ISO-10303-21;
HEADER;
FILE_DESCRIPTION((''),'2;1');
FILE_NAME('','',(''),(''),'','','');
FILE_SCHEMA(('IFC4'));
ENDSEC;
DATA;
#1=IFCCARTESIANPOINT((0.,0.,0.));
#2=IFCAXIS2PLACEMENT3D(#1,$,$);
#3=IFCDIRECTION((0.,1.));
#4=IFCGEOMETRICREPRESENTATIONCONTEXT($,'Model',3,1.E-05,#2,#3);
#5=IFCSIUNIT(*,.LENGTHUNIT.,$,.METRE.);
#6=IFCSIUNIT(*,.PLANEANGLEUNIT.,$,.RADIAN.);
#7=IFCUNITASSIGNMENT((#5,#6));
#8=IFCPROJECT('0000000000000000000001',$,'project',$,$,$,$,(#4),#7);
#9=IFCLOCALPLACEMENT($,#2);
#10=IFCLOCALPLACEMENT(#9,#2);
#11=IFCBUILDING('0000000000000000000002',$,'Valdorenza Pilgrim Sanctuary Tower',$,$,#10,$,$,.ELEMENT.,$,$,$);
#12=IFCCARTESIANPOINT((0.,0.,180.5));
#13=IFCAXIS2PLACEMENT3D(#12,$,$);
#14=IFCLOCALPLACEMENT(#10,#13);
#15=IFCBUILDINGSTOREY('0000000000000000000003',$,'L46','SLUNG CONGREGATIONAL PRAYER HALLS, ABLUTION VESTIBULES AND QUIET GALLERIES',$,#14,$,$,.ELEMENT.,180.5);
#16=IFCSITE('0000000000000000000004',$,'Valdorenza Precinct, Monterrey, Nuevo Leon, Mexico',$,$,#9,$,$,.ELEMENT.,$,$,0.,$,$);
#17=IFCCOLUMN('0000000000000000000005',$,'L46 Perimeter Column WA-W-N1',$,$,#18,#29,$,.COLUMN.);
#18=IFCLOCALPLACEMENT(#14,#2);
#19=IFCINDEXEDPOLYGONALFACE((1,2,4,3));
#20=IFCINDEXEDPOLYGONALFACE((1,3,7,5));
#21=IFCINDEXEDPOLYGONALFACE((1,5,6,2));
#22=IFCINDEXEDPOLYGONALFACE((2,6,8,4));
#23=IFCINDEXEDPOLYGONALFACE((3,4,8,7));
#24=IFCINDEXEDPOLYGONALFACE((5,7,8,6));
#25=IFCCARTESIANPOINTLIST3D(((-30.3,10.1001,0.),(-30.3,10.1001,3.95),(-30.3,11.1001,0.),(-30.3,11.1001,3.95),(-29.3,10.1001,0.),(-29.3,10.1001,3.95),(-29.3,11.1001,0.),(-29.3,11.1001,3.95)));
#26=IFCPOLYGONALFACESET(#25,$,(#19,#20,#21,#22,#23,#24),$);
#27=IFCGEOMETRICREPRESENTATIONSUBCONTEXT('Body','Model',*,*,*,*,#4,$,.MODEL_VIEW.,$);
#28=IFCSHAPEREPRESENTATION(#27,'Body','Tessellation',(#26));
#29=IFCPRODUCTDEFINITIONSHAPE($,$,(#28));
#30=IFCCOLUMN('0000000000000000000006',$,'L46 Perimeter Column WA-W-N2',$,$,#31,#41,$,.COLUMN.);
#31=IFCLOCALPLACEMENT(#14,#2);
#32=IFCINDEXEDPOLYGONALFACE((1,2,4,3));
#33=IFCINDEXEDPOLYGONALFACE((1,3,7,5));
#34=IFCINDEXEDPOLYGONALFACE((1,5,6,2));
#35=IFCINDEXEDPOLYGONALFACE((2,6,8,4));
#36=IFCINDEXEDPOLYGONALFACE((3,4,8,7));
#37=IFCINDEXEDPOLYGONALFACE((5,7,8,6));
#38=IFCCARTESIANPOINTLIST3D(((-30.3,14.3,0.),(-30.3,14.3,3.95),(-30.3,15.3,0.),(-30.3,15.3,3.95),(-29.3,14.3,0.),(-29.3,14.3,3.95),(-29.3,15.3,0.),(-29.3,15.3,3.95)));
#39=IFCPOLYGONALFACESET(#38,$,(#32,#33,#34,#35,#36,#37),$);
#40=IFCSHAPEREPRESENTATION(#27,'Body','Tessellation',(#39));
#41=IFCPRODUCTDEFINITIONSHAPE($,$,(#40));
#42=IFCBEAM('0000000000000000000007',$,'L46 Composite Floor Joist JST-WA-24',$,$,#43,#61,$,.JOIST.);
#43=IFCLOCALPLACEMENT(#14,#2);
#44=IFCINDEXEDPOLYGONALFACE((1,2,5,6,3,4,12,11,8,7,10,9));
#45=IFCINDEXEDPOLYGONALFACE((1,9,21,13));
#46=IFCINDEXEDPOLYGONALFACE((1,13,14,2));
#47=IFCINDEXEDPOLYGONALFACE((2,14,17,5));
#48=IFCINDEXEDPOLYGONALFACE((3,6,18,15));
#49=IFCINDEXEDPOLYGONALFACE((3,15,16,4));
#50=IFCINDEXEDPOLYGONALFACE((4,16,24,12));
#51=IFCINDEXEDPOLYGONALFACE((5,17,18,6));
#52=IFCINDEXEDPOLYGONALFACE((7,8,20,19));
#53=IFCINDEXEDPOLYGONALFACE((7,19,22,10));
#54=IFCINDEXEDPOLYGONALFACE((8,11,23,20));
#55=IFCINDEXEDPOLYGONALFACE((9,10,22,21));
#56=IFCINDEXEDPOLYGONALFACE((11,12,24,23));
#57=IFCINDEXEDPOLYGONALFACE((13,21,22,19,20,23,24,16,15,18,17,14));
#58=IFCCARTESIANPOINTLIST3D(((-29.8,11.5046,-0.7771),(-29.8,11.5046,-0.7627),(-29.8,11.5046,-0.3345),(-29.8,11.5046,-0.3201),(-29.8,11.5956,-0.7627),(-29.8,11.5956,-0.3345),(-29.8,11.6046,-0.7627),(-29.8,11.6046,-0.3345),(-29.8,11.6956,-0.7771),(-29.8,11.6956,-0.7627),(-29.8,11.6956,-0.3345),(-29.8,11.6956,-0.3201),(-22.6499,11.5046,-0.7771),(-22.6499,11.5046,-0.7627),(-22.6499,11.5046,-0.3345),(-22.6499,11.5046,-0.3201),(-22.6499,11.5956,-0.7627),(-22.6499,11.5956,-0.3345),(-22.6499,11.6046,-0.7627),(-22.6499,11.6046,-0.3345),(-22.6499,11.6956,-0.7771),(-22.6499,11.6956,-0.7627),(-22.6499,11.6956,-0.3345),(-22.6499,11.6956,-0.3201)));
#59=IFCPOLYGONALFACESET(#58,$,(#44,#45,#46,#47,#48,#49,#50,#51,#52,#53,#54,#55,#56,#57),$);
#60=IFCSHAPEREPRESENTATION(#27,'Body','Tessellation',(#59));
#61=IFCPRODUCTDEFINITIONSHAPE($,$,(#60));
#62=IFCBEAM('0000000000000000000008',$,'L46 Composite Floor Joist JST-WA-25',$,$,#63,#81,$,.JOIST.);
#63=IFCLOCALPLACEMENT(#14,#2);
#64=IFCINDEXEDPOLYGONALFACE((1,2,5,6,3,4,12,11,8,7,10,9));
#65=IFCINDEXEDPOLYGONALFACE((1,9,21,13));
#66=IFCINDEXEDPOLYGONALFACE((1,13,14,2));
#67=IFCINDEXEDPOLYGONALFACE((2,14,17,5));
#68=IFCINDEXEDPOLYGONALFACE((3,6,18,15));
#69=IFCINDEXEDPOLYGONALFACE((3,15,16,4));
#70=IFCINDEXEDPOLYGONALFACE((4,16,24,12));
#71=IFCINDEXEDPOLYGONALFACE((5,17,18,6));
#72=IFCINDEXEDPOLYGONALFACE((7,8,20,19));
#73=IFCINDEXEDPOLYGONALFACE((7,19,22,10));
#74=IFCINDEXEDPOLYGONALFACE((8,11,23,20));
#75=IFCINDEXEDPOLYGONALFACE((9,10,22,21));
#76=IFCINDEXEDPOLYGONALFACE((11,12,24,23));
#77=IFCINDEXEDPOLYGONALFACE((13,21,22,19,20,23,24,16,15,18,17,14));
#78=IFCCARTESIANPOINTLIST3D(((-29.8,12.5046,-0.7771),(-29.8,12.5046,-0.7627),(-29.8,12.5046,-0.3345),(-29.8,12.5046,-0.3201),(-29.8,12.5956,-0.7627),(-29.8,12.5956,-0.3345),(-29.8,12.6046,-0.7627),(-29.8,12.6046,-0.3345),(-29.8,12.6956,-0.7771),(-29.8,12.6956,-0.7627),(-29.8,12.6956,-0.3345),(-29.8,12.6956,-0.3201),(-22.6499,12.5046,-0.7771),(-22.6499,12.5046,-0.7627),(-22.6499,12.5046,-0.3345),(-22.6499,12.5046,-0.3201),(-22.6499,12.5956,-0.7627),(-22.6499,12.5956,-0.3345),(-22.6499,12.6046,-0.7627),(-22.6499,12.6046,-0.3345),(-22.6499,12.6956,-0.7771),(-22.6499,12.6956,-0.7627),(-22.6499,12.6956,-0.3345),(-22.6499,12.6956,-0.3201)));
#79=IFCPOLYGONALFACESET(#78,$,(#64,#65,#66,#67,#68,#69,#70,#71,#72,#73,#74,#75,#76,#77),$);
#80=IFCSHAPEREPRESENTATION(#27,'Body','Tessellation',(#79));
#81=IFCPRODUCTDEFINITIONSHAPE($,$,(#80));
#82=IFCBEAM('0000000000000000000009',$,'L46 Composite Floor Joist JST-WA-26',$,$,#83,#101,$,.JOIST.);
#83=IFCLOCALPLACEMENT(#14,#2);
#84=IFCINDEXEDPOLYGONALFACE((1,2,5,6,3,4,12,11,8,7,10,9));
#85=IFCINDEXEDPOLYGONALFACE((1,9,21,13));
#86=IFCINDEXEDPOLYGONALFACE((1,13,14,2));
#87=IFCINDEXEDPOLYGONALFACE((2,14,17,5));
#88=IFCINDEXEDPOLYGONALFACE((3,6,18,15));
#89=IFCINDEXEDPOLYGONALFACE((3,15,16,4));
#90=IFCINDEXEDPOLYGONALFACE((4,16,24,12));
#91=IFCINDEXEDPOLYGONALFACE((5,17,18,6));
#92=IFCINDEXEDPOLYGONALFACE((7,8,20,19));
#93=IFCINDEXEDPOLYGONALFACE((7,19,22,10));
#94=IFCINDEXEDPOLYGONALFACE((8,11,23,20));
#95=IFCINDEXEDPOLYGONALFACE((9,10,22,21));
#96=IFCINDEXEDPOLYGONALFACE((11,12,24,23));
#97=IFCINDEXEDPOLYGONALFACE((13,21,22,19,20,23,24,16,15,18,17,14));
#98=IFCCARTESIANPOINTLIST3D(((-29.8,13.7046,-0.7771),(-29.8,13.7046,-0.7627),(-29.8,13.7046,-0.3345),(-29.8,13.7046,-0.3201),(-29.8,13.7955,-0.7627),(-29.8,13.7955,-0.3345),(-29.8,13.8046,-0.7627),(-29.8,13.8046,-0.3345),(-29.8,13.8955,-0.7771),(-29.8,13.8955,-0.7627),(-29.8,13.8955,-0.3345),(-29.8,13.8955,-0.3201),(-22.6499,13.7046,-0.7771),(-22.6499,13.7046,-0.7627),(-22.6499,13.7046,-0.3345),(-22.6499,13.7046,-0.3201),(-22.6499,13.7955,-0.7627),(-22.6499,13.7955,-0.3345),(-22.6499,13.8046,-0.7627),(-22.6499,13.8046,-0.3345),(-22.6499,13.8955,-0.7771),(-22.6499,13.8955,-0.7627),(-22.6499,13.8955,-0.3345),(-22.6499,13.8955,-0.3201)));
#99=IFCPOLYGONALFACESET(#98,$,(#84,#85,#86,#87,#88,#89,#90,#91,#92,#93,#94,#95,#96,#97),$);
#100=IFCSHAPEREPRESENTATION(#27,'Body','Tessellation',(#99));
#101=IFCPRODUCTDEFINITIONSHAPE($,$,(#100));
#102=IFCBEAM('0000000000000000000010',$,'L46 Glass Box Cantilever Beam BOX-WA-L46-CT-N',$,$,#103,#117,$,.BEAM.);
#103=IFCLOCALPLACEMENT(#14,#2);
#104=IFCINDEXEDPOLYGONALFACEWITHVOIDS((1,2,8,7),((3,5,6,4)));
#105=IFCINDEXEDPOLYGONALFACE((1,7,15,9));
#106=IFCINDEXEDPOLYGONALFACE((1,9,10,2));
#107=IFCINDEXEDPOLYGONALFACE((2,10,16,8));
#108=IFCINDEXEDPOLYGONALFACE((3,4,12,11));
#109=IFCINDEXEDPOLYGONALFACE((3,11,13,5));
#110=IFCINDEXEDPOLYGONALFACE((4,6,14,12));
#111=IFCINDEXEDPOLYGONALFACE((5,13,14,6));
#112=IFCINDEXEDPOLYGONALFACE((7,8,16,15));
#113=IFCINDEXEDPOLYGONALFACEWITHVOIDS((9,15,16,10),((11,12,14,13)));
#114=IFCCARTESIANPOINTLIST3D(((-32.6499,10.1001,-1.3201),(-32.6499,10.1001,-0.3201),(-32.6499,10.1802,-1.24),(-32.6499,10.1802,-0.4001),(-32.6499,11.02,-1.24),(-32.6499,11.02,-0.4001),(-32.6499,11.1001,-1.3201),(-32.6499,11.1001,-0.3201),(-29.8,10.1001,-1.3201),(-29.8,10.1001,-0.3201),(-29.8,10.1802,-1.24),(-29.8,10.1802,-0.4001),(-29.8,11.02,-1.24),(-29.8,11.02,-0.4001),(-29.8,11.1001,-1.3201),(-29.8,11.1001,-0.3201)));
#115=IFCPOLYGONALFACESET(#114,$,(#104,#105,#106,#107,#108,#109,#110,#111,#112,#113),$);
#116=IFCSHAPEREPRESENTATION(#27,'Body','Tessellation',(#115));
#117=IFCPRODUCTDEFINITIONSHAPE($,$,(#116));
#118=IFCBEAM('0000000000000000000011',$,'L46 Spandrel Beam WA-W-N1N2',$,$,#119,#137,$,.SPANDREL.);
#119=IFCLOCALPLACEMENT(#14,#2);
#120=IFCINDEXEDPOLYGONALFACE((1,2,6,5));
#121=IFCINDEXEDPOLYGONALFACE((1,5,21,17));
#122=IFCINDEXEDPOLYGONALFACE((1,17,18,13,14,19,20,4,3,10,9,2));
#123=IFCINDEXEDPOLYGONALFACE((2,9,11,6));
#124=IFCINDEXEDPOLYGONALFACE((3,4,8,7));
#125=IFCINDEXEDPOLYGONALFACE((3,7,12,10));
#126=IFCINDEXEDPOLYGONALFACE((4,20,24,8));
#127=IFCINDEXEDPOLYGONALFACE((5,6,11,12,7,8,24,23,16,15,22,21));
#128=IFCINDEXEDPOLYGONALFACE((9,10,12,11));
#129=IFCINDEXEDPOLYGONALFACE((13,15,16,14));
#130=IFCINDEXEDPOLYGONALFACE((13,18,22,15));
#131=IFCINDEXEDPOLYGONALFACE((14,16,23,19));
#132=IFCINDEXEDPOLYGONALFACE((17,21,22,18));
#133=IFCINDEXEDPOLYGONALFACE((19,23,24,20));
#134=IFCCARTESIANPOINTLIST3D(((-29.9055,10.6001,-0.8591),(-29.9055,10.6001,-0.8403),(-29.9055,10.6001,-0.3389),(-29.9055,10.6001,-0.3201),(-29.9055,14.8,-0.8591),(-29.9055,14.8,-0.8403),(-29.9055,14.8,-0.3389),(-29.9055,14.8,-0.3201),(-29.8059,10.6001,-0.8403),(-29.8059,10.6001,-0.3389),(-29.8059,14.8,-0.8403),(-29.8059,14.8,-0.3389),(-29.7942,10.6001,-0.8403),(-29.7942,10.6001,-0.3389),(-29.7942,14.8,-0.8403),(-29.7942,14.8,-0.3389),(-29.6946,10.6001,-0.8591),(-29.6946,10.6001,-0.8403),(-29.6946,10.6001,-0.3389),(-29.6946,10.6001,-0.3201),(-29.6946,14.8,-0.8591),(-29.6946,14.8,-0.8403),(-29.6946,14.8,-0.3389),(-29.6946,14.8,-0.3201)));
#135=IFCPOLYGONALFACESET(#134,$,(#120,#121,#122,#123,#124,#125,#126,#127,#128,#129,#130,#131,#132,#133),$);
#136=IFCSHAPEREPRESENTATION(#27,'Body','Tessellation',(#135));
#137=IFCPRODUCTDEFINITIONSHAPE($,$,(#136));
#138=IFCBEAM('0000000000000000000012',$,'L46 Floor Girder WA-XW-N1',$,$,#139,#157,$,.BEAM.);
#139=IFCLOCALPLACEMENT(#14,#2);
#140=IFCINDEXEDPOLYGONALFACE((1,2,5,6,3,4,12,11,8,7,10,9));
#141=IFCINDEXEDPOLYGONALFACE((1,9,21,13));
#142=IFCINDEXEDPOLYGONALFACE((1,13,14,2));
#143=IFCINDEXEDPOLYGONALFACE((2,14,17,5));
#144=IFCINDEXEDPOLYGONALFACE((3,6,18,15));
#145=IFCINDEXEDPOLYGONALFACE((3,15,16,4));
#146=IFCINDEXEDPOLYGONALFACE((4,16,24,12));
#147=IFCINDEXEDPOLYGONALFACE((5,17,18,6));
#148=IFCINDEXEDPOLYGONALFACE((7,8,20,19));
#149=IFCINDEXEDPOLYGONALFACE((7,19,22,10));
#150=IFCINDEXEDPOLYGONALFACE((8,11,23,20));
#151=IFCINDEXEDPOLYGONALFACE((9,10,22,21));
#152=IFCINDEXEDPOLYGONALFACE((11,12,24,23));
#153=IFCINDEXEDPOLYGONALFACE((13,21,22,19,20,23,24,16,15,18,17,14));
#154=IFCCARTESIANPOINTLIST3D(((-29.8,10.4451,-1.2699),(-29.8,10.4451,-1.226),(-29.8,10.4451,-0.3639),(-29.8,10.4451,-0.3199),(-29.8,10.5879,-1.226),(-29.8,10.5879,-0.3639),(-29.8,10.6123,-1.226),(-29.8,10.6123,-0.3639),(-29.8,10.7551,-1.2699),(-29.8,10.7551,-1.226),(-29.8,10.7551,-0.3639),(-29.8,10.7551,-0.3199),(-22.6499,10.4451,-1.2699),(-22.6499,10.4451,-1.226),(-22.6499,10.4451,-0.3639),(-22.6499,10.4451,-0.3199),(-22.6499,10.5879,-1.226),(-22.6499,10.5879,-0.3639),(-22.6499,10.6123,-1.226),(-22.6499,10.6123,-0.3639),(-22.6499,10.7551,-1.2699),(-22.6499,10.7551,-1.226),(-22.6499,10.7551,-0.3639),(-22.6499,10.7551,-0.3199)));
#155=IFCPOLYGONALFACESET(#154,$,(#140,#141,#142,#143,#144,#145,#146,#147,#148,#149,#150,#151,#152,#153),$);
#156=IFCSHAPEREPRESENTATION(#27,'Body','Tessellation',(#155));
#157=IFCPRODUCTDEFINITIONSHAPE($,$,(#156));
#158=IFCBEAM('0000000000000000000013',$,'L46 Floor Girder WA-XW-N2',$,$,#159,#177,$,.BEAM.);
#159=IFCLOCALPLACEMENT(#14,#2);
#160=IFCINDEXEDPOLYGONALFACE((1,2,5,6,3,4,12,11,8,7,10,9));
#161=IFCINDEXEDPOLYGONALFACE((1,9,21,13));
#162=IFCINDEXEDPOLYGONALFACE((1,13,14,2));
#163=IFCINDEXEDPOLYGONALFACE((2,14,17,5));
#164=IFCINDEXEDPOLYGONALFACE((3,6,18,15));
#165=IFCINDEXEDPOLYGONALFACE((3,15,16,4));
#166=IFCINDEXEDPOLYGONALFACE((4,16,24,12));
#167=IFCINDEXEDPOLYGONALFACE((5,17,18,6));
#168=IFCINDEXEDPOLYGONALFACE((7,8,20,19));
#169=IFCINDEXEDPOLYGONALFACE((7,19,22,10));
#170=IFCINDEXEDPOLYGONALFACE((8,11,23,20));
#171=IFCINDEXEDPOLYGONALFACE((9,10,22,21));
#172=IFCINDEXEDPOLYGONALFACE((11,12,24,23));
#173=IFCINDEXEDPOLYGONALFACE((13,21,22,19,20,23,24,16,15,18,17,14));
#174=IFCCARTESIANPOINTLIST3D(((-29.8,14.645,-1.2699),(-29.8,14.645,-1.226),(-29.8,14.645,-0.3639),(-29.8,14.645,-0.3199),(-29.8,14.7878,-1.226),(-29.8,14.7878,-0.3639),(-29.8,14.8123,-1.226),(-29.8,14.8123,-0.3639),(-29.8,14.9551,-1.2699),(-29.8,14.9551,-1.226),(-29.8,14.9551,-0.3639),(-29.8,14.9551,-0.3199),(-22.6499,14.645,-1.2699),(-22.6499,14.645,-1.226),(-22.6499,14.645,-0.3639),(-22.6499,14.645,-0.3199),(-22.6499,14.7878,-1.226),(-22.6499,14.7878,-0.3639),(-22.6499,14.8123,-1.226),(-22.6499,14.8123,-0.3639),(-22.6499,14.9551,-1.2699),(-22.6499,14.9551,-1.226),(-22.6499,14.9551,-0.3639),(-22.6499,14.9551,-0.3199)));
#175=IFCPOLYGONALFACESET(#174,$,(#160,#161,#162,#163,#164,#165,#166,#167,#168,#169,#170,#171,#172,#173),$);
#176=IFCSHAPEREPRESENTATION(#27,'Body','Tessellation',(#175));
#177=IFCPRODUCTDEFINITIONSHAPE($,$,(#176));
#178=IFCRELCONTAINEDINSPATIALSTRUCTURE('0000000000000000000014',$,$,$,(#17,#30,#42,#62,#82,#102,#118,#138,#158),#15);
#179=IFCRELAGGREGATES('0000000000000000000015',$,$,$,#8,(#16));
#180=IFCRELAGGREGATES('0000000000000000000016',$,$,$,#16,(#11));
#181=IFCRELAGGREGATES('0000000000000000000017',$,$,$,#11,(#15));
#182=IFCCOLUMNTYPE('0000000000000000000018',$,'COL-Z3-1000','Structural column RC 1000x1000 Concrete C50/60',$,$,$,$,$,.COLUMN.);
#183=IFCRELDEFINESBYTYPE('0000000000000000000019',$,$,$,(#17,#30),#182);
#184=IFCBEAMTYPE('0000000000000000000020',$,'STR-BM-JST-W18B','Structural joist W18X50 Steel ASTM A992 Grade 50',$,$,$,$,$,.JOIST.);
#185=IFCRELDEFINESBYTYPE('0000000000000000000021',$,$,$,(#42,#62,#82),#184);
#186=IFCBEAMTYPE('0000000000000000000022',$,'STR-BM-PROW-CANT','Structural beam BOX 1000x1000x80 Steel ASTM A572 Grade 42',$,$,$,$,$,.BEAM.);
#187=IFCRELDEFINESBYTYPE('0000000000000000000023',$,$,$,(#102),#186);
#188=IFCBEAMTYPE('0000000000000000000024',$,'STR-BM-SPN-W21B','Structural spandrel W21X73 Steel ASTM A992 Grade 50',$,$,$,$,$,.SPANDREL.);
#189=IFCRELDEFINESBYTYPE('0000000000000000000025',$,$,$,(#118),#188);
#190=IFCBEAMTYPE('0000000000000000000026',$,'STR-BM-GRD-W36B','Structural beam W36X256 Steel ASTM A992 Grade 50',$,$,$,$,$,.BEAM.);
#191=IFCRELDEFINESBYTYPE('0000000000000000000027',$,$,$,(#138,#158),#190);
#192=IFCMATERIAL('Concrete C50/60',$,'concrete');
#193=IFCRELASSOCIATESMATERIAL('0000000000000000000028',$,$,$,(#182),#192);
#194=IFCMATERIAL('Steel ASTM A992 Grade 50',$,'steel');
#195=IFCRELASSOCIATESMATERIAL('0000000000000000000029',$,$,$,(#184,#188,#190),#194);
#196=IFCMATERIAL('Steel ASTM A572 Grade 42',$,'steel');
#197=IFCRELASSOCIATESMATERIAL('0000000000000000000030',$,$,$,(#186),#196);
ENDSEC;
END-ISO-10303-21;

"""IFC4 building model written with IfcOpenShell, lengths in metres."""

from ifc_helpers import new_model, si_unit, direction, frame, origin, origin_2d, place, context, subcontext, project, spatial, rectangle, hollow_rectangle, i_section, extrude, source, transform, mapped, material, material_profile, profile_set, type_object, element, save


model = new_model("IFC4")

# Units and contexts
model_context = context("Model", 3, precision=1e-05, world=origin(), true_north=direction((0.0, 1.0)))
body_context = subcontext(model_context, "Body", "Model", "MODEL_VIEW")
ifc_project = project(units=[si_unit("LENGTHUNIT", "METRE"), si_unit("PLANEANGLEUNIT", "RADIAN")], contexts=[model_context])

# Site, building, storey
site_placement = place(None, origin())
site = spatial("IfcSite", under=ifc_project, at=site_placement, Name="Valdorenza Precinct, Monterrey, Nuevo Leon, Mexico", CompositionType="ELEMENT", RefElevation=0.0)
building_placement = place(site_placement, origin())
building = spatial("IfcBuilding", under=site, at=building_placement, Name="Valdorenza Pilgrim Sanctuary Tower", CompositionType="ELEMENT")
storey_placement = place(building_placement, frame((0.0, 0.0, 180.5)))
storey = spatial("IfcBuildingStorey", under=building, at=storey_placement, Name="L46", Description="SLUNG CONGREGATIONAL PRAYER HALLS, ABLUTION VESTIBULES AND QUIET GALLERIES", CompositionType="ELEMENT", Elevation=180.5)

# Columns
ifc_material_1 = material(Name="Concrete C50/60", Category="concrete")
ifc_material_profile_1 = material_profile(ifc_material_1, rectangle(XDim=1.0, YDim=1.0, at=origin_2d()), Name="RC 1000x1000")
ifc_profile_set_1 = profile_set([ifc_material_profile_1], Name="Concrete C50/60")
column_type = type_object("IfcColumnType", Name="COL-Z3-1000", Description="Structural column RC 1000x1000 Concrete C50/60", PredefinedType="COLUMN", material=ifc_profile_set_1)
shared_shape_1 = source(origin(), body_context, "Body", "SweptSolid", [
    extrude(rectangle(XDim=1.0, YDim=1.0, at=origin_2d()), origin(), (0.0, 0.0, 1.0), 3.95),
])
for number, where, z_axis, x_axis, name in (
    (1, (-29.8, 10.6001, 0.0), (0.0, 0.0, 1.0), (1.0, 0.0, 0.0), "L46 Perimeter Column WA-W-N1"),
    (2, (-29.8, 14.8, 0.0), (0.0, 0.0, 1.0), (1.0, 0.0, 0.0), "L46 Perimeter Column WA-W-N2"),
):
    element("IfcColumn", number, at=place(storey_placement, frame(where, z_axis=z_axis, x_axis=x_axis)), inside=storey, type_object=column_type, Name=name, PredefinedType="COLUMN", context=body_context, shape_type="MappedRepresentation", body=[
        mapped(shared_shape_1, transform((0.0, 0.0, 0.0), x_axis=(1.0, 0.0, 0.0), y_axis=(0.0, 1.0, 0.0), z_axis=(0.0, 0.0, 1.0), scale=1.0)),
    ])

# Beams
ifc_material_2 = material(Name="Steel ASTM A992 Grade 50", Category="steel")
ifc_material_profile_2 = material_profile(ifc_material_2, i_section(OverallWidth=0.1909, OverallDepth=0.457, WebThickness=0.009, FlangeThickness=0.0144, at=origin_2d()), Name="W18X50")
ifc_profile_set_2 = profile_set([ifc_material_profile_2], Name="Steel ASTM A992 Grade 50")
beam_type_1 = type_object("IfcBeamType", Name="STR-BM-JST-W18B", Description="Structural joist W18X50 Steel ASTM A992 Grade 50", PredefinedType="JOIST", material=ifc_profile_set_2)
shared_shape_2 = source(origin(), body_context, "Body", "SweptSolid", [
    extrude(i_section(OverallWidth=0.1909, OverallDepth=0.457, WebThickness=0.009, FlangeThickness=0.0144, at=origin_2d()), origin(), (0.0, 0.0, 1.0), 7.1501),
])
for number, where, z_axis, x_axis, name in (
    (3, (-29.8, 11.6001, -0.5486), (1.0, 0.0, 0.0), (0.0, 1.0, 0.0), "L46 Composite Floor Joist JST-WA-24"),
    (4, (-29.8, 12.6001, -0.5486), (1.0, 0.0, 0.0), (0.0, 1.0, 0.0), "L46 Composite Floor Joist JST-WA-25"),
    (5, (-29.8, 13.8, -0.5486), (1.0, 0.0, 0.0), (0.0, 1.0, 0.0), "L46 Composite Floor Joist JST-WA-26"),
):
    element("IfcBeam", number, at=place(storey_placement, frame(where, z_axis=z_axis, x_axis=x_axis)), inside=storey, type_object=beam_type_1, Name=name, PredefinedType="JOIST", context=body_context, shape_type="MappedRepresentation", body=[
        mapped(shared_shape_2, transform((0.0, 0.0, 0.0), x_axis=(1.0, 0.0, 0.0), y_axis=(0.0, 1.0, 0.0), z_axis=(0.0, 0.0, 1.0), scale=1.0)),
    ])
ifc_material_3 = material(Name="Steel ASTM A572 Grade 42", Category="steel")
ifc_material_profile_3 = material_profile(ifc_material_3, hollow_rectangle(XDim=1.0, YDim=1.0, WallThickness=0.0801, at=origin_2d()), Name="BOX 1000x1000x80")
ifc_profile_set_3 = profile_set([ifc_material_profile_3], Name="Steel ASTM A572 Grade 42")
beam_type_2 = type_object("IfcBeamType", Name="STR-BM-PROW-CANT", Description="Structural beam BOX 1000x1000x80 Steel ASTM A572 Grade 42", PredefinedType="BEAM", material=ifc_profile_set_3)
shared_shape_3 = source(origin(), body_context, "Body", "SweptSolid", [
    extrude(hollow_rectangle(XDim=1.0, YDim=1.0, WallThickness=0.0801, at=origin_2d()), origin(), (0.0, 0.0, 1.0), 2.8499),
])
beam_1_placement = place(storey_placement, frame((-29.8, 10.6001, -0.8201), z_axis=(-1.0, 0.0, 0.0), x_axis=(0.0, -1.0, 0.0)))
element("IfcBeam", 6, at=beam_1_placement, inside=storey, type_object=beam_type_2, Name="L46 Glass Box Cantilever Beam BOX-WA-L46-CT-N", PredefinedType="BEAM", context=body_context, shape_type="MappedRepresentation", body=[
    mapped(shared_shape_3, transform((0.0, 0.0, 0.0), x_axis=(1.0, 0.0, 0.0), y_axis=(0.0, 1.0, 0.0), z_axis=(0.0, 0.0, 1.0), scale=1.0)),
])
ifc_material_profile_4 = material_profile(ifc_material_2, i_section(OverallWidth=0.2109, OverallDepth=0.5391, WebThickness=0.0117, FlangeThickness=0.0188, at=origin_2d()), Name="W21X73")
ifc_profile_set_4 = profile_set([ifc_material_profile_4], Name="Steel ASTM A992 Grade 50")
beam_type_3 = type_object("IfcBeamType", Name="STR-BM-SPN-W21B", Description="Structural spandrel W21X73 Steel ASTM A992 Grade 50", PredefinedType="SPANDREL", material=ifc_profile_set_4)
shared_shape_4 = source(origin(), body_context, "Body", "SweptSolid", [
    extrude(i_section(OverallWidth=0.2109, OverallDepth=0.5391, WebThickness=0.0117, FlangeThickness=0.0188, at=origin_2d()), origin(), (0.0, 0.0, 1.0), 4.2),
])
beam_2_placement = place(storey_placement, frame((-29.8, 10.6001, -0.5896), z_axis=(0.0, 1.0, 0.0), x_axis=(-1.0, 0.0, 0.0)))
element("IfcBeam", 7, at=beam_2_placement, inside=storey, type_object=beam_type_3, Name="L46 Spandrel Beam WA-W-N1N2", PredefinedType="SPANDREL", context=body_context, shape_type="MappedRepresentation", body=[
    mapped(shared_shape_4, transform((0.0, 0.0, 0.0), x_axis=(1.0, 0.0, 0.0), y_axis=(0.0, 1.0, 0.0), z_axis=(0.0, 0.0, 1.0), scale=1.0)),
])
ifc_material_profile_5 = material_profile(ifc_material_2, i_section(OverallWidth=0.3101, OverallDepth=0.95, WebThickness=0.0244, FlangeThickness=0.0439, at=origin_2d()), Name="W36X256")
ifc_profile_set_5 = profile_set([ifc_material_profile_5], Name="Steel ASTM A992 Grade 50")
beam_type_4 = type_object("IfcBeamType", Name="STR-BM-GRD-W36B", Description="Structural beam W36X256 Steel ASTM A992 Grade 50", PredefinedType="BEAM", material=ifc_profile_set_5)
shared_shape_5 = source(origin(), body_context, "Body", "SweptSolid", [
    extrude(i_section(OverallWidth=0.3101, OverallDepth=0.95, WebThickness=0.0244, FlangeThickness=0.0439, at=origin_2d()), origin(), (0.0, 0.0, 1.0), 7.1501),
])
for number, where, z_axis, x_axis, name in (
    (8, (-29.8, 10.6001, -0.7949), (1.0, 0.0, 0.0), (0.0, 1.0, 0.0), "L46 Floor Girder WA-XW-N1"),
    (9, (-29.8, 14.8, -0.7949), (1.0, 0.0, 0.0), (0.0, 1.0, 0.0), "L46 Floor Girder WA-XW-N2"),
):
    element("IfcBeam", number, at=place(storey_placement, frame(where, z_axis=z_axis, x_axis=x_axis)), inside=storey, type_object=beam_type_4, Name=name, PredefinedType="BEAM", context=body_context, shape_type="MappedRepresentation", body=[
        mapped(shared_shape_5, transform((0.0, 0.0, 0.0), x_axis=(1.0, 0.0, 0.0), y_axis=(0.0, 1.0, 0.0), z_axis=(0.0, 0.0, 1.0), scale=1.0)),
    ])

save(model, "model.ifc")
